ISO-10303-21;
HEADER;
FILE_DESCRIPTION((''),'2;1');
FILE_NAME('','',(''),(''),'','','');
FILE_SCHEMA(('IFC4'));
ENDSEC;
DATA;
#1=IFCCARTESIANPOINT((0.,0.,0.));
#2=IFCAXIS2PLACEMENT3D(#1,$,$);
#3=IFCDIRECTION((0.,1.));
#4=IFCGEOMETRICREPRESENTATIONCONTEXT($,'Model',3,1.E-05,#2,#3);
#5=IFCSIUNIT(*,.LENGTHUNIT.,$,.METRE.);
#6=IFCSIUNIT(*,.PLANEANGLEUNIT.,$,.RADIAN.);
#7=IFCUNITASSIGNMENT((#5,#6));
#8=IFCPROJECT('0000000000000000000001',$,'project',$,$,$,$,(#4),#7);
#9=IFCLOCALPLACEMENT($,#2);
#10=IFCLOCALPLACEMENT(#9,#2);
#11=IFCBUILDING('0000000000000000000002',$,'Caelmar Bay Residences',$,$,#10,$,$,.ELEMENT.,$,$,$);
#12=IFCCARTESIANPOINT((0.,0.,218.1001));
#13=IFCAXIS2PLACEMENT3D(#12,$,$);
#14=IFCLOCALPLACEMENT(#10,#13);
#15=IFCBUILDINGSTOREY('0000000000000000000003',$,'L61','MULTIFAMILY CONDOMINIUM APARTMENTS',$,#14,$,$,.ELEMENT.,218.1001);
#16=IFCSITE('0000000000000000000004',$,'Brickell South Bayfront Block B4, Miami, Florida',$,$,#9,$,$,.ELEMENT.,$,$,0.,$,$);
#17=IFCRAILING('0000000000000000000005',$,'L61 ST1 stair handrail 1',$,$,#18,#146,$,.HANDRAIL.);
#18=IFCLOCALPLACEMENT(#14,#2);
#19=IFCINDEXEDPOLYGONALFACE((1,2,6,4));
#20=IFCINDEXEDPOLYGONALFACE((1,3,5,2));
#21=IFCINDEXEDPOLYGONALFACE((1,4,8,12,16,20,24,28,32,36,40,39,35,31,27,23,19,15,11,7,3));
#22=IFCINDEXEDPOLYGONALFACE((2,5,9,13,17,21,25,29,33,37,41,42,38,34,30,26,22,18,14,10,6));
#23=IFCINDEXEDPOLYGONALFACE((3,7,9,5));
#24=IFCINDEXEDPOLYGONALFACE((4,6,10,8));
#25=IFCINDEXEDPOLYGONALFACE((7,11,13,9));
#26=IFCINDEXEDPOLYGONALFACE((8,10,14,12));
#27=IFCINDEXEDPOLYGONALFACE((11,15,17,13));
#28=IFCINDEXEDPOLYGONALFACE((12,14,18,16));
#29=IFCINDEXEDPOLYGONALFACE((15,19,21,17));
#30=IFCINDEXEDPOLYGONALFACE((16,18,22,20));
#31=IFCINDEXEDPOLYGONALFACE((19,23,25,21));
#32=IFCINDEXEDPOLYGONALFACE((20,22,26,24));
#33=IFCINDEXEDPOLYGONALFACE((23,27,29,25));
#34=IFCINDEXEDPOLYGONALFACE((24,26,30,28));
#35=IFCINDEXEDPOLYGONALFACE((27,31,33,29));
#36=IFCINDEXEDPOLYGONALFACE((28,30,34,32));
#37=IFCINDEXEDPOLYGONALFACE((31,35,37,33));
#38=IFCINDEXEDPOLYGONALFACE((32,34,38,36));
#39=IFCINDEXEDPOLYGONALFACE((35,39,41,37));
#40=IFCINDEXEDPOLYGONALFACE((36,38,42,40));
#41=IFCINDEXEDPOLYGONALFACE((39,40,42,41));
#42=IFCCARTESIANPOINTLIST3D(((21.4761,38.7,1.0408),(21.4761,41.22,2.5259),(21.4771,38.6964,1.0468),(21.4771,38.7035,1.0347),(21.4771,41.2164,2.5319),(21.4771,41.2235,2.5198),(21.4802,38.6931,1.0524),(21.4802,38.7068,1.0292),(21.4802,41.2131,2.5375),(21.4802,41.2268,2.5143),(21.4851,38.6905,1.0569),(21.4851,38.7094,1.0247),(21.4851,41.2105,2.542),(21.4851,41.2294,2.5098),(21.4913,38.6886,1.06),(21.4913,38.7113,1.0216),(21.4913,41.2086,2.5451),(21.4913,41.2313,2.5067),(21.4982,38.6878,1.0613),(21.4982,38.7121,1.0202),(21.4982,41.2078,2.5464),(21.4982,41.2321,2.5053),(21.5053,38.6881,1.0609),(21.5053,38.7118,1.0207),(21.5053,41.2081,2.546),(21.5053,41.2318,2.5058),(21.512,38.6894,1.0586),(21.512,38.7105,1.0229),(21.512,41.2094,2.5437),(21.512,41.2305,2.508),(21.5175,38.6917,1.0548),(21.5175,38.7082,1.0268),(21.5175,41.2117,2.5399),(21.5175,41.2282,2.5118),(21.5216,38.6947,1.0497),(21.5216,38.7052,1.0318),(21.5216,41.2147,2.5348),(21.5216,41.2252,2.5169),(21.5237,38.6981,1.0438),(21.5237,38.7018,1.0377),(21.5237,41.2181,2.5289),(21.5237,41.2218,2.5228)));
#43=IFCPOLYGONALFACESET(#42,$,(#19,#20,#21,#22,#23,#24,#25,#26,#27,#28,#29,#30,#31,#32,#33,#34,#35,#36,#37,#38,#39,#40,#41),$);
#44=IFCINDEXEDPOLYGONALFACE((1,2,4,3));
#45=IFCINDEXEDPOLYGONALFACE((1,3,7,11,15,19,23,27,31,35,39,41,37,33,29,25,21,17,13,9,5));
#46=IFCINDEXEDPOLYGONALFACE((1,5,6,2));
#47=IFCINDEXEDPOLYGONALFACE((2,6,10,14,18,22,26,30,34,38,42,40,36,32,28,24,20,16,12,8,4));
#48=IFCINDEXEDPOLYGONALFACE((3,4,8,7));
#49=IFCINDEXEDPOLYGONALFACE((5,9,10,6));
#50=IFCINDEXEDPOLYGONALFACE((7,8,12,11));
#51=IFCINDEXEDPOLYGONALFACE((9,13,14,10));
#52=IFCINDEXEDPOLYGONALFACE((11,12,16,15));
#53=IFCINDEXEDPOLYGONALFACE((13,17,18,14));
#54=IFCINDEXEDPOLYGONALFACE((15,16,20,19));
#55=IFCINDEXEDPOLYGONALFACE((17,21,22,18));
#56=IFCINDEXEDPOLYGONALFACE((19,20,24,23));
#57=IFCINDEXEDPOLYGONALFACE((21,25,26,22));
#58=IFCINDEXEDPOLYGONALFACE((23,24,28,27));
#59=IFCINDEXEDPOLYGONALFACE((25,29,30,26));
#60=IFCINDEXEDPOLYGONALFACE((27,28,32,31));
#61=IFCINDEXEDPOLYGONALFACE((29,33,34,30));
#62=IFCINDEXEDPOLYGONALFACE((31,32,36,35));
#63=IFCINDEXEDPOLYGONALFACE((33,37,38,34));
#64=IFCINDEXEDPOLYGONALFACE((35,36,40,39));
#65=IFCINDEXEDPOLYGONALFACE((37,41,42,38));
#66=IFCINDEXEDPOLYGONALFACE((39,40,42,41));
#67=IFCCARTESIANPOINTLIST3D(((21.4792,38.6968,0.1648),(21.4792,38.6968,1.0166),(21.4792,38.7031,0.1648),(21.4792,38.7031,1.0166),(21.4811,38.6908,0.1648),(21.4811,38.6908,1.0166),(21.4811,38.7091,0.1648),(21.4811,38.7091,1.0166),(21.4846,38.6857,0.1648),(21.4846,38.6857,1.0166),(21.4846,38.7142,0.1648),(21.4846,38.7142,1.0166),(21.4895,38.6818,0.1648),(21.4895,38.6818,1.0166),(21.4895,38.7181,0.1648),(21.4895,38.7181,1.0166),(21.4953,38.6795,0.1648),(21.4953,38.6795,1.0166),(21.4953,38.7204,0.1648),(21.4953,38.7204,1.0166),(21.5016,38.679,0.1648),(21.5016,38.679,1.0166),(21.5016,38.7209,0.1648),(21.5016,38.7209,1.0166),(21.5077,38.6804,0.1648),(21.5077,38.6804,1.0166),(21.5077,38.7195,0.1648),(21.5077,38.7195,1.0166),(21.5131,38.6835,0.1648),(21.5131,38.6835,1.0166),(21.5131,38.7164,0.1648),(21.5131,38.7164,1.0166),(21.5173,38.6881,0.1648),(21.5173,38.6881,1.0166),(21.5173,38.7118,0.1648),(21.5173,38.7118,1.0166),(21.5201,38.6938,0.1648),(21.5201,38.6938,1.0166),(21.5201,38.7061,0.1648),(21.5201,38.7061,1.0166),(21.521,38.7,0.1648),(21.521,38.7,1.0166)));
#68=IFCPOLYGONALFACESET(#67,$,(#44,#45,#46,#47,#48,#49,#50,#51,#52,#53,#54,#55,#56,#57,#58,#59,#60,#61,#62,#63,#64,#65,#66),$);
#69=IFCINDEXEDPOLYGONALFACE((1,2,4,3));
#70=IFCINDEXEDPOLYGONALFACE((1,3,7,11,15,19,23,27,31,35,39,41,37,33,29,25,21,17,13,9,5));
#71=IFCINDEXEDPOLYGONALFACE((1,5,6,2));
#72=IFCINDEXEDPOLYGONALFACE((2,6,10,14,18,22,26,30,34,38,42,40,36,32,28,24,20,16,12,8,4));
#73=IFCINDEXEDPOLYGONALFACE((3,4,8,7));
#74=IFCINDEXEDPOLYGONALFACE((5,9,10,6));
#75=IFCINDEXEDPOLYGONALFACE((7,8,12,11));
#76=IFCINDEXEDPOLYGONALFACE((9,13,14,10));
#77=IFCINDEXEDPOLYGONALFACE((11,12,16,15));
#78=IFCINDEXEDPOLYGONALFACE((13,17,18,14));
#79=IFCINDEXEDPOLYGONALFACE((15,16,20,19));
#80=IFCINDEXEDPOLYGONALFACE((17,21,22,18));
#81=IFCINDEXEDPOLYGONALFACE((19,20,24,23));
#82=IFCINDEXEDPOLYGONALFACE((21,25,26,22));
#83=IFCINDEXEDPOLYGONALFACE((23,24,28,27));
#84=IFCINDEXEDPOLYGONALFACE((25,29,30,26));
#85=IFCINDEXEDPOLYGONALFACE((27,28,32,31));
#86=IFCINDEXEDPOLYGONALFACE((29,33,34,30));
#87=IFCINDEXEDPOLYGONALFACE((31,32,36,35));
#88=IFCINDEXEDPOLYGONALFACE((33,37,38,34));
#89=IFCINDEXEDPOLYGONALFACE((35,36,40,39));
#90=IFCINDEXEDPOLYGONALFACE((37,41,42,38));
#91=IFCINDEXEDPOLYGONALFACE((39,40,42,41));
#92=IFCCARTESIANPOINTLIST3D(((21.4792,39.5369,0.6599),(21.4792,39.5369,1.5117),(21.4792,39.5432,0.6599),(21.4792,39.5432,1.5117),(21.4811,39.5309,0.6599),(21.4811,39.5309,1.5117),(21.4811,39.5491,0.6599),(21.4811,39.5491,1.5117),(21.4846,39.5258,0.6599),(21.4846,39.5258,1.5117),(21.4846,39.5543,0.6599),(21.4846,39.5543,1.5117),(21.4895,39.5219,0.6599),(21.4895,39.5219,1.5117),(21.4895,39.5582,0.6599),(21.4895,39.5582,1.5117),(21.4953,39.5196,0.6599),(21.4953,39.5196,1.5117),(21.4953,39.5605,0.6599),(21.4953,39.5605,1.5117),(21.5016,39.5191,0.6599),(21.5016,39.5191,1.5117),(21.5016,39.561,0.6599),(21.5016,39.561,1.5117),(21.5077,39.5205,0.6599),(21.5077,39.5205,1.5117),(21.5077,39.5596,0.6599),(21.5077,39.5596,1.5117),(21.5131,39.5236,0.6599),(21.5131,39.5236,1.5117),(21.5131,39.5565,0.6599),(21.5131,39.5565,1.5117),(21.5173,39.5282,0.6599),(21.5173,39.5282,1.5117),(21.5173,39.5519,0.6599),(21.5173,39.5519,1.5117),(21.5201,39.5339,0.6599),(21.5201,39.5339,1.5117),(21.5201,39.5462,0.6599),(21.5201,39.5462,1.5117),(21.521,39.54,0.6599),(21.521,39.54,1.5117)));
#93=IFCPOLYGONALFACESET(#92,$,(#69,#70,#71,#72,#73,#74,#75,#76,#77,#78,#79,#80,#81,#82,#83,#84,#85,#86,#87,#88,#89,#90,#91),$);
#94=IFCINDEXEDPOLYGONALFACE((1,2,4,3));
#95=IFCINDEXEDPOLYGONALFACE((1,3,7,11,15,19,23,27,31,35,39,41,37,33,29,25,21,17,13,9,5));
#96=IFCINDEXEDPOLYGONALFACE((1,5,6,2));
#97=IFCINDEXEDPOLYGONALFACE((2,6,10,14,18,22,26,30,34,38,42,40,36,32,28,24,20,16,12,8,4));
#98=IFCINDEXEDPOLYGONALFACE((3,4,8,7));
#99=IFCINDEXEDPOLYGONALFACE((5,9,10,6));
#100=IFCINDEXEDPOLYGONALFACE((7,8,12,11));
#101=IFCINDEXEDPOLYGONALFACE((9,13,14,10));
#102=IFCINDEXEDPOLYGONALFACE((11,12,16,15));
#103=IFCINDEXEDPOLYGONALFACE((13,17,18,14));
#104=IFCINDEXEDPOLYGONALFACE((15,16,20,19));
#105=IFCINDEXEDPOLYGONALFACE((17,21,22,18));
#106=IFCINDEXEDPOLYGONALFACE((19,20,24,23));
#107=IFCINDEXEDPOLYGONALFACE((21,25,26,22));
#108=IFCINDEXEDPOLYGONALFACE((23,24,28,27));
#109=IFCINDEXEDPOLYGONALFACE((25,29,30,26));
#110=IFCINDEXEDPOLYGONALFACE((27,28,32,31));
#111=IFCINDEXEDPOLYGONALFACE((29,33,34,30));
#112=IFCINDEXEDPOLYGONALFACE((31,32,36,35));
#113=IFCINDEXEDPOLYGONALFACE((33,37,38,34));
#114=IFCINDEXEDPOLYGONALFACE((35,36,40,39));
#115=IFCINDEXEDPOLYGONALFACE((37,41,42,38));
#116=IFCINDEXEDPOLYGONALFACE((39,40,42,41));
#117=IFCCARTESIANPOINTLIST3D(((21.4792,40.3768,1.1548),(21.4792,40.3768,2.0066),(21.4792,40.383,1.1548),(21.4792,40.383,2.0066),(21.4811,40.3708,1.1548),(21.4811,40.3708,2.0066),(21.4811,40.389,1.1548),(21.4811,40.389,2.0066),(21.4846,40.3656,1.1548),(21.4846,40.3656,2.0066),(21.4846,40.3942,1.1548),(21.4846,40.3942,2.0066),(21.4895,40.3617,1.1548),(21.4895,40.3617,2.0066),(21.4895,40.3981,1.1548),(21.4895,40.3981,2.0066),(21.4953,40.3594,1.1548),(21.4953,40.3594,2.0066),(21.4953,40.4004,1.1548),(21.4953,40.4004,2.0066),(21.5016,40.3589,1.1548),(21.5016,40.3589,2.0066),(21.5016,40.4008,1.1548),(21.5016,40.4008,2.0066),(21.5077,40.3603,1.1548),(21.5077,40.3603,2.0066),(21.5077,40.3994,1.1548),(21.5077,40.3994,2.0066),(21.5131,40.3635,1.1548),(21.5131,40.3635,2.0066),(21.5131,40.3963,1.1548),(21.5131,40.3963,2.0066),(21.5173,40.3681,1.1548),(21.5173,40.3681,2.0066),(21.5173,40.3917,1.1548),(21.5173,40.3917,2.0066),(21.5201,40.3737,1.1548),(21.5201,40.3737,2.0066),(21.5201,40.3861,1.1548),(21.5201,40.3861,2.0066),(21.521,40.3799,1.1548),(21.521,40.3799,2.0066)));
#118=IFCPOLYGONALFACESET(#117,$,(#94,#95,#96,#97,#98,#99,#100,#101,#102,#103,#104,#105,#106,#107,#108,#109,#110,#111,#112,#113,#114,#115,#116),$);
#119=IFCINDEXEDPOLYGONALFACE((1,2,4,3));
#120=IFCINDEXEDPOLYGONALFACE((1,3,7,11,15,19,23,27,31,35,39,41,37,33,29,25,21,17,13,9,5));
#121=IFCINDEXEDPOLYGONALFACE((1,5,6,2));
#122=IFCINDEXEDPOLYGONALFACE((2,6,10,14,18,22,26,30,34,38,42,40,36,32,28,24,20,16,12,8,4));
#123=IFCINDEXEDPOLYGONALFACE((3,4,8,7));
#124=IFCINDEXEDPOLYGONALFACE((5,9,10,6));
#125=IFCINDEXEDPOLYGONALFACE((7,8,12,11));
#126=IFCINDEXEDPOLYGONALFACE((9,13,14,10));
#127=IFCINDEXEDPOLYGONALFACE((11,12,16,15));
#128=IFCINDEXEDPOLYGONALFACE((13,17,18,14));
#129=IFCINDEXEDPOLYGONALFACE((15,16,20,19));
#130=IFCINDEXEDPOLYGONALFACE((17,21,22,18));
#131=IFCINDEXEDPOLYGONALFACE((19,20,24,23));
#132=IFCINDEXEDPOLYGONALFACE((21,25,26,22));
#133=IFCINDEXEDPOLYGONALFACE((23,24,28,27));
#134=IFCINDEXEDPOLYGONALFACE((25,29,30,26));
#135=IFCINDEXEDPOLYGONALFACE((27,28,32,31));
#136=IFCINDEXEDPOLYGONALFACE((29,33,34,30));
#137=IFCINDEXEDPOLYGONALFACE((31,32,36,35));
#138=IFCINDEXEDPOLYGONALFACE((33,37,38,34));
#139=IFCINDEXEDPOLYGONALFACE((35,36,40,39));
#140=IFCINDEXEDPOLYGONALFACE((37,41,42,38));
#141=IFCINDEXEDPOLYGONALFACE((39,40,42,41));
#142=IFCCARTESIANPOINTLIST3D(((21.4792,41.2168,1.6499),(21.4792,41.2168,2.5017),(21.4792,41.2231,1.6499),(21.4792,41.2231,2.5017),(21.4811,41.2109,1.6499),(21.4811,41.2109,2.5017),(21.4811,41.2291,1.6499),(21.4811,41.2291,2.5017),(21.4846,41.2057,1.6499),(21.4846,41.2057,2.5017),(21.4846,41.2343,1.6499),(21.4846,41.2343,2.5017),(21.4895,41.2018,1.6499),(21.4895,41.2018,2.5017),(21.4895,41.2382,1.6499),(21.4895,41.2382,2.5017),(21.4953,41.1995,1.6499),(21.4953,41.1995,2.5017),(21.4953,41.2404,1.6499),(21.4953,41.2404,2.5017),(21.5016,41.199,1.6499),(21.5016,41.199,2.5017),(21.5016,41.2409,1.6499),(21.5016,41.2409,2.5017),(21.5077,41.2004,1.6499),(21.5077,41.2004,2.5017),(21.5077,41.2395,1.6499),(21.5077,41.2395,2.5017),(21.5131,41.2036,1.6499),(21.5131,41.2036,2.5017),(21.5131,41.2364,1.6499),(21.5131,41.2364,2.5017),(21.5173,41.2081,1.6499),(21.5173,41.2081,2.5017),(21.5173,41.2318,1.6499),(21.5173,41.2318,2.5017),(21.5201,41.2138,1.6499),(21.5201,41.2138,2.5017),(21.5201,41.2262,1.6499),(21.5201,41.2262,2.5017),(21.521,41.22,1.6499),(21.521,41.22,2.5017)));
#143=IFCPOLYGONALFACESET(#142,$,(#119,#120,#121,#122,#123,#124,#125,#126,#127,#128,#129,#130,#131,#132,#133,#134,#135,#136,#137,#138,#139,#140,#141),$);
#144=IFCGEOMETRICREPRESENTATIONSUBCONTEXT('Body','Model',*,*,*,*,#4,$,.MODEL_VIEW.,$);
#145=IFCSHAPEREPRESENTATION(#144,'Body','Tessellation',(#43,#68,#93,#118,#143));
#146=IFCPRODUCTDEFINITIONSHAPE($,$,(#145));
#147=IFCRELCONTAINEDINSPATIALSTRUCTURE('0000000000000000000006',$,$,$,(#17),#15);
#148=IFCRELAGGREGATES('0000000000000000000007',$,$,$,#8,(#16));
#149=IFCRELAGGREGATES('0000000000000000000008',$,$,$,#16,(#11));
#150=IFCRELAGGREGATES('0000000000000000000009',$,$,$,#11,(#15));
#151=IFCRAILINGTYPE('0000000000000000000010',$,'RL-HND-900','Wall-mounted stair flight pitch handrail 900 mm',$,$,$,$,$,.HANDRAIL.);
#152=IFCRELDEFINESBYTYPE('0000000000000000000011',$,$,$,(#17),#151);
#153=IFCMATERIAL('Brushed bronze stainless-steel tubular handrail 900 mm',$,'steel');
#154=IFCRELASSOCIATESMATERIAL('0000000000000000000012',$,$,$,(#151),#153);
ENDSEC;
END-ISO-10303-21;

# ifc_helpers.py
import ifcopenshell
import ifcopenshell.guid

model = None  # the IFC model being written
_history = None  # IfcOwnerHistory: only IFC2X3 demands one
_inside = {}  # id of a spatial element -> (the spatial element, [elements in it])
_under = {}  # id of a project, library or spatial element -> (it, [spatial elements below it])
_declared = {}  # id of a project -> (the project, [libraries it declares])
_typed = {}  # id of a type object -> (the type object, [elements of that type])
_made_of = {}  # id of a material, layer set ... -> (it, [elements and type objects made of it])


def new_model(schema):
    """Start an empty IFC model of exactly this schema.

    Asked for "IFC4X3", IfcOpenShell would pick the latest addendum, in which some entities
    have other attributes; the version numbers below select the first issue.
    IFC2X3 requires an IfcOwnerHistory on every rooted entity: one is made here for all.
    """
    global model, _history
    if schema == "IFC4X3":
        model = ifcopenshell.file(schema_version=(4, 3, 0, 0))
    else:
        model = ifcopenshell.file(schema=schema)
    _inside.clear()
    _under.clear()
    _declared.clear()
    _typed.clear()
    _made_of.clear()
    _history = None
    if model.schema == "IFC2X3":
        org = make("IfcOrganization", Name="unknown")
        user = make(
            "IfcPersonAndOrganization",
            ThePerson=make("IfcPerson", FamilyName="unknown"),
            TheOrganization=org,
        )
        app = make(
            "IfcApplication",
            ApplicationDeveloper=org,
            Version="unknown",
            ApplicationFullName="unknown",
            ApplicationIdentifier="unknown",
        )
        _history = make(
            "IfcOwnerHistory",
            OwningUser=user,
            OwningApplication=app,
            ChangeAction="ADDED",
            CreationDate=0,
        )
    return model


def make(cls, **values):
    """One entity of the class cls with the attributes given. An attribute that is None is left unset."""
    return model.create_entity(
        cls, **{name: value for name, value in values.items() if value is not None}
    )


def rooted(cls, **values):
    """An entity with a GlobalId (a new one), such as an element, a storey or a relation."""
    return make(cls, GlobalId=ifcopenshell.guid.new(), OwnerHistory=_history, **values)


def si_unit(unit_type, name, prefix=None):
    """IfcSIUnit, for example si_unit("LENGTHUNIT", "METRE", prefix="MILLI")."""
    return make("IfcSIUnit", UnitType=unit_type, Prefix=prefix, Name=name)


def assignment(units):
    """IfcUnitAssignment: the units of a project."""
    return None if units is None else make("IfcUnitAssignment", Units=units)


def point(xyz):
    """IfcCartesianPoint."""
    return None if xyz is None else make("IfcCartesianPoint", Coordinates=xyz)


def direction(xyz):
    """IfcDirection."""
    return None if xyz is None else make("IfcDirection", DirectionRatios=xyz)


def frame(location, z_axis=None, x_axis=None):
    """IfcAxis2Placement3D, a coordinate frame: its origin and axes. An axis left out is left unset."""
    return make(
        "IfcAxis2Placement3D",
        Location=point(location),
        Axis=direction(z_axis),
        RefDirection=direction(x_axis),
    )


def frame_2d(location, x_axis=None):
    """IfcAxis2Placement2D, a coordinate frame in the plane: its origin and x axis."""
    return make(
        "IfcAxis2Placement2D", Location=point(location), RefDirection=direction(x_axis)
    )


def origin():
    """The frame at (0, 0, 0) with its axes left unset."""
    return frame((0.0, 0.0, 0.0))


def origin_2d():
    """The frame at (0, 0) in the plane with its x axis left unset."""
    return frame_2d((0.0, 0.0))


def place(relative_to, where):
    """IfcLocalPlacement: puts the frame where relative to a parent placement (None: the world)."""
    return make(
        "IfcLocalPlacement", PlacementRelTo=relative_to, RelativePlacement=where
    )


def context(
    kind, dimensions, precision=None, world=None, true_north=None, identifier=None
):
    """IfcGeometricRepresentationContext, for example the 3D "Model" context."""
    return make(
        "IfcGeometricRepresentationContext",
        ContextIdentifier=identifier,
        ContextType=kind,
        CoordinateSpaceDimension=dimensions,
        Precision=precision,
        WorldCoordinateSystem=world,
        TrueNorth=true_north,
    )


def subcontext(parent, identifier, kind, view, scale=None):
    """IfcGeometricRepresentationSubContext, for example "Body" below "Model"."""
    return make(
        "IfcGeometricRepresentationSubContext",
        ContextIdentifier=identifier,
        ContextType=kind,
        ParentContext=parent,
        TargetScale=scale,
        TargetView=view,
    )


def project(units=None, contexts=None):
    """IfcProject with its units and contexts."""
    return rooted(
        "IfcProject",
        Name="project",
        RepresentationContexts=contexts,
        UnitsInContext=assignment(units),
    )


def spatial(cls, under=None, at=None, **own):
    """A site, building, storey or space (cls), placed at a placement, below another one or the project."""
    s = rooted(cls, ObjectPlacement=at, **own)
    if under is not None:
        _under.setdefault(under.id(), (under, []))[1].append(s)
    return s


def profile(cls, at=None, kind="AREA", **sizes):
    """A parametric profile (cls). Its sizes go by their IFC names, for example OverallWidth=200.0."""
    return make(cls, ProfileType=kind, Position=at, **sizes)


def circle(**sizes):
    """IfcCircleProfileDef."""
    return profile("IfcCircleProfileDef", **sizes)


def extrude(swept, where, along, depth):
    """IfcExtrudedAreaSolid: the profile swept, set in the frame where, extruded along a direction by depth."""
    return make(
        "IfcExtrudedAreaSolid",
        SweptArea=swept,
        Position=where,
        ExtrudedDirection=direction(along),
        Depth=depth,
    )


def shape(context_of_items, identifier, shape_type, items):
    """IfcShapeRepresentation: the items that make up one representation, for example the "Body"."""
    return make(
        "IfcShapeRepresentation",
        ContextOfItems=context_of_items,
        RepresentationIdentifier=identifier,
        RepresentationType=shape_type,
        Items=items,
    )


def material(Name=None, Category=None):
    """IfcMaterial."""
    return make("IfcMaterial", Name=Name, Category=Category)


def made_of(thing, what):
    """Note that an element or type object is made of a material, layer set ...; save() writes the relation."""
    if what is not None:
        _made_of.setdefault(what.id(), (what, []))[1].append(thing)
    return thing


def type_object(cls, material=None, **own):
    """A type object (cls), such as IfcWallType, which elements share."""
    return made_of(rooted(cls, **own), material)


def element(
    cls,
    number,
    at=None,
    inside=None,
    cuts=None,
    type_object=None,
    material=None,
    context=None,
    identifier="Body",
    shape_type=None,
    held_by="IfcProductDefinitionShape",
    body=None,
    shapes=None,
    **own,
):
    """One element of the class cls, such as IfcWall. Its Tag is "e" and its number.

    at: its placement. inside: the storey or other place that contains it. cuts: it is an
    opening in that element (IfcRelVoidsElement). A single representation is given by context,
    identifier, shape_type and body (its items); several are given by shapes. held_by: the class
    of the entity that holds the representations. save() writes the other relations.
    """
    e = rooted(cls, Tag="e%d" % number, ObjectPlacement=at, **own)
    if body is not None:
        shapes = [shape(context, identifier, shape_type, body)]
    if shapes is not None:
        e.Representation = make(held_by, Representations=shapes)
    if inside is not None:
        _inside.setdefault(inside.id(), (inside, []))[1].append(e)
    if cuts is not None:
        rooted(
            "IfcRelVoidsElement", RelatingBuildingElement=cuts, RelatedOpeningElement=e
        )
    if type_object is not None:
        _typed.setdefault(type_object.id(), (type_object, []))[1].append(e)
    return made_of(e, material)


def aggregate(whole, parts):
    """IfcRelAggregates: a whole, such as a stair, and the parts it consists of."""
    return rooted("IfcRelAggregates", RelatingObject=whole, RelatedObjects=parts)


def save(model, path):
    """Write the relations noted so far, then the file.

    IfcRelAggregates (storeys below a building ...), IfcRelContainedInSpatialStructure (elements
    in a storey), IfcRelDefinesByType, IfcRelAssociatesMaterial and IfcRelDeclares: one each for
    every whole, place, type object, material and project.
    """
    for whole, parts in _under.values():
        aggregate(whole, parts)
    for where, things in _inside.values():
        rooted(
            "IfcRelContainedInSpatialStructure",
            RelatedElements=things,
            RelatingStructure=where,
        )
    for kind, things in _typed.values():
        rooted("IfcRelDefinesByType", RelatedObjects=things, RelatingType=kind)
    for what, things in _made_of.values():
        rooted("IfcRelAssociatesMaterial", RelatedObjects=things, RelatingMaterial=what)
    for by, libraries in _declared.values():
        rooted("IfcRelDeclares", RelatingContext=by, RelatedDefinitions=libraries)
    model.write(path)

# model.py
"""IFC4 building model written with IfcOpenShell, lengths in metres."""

from ifc_helpers import new_model, si_unit, direction, frame, origin, origin_2d, place, context, subcontext, project, spatial, circle, extrude, material, type_object, element, save


model = new_model("IFC4")

# Units and contexts
model_context = context("Model", 3, precision=1e-05, world=origin(), true_north=direction((0.0, 1.0)))
body_context = subcontext(model_context, "Body", "Model", "MODEL_VIEW")
ifc_project = project(units=[si_unit("LENGTHUNIT", "METRE"), si_unit("PLANEANGLEUNIT", "RADIAN")], contexts=[model_context])

# Site, building, storey
site_placement = place(None, origin())
site = spatial("IfcSite", under=ifc_project, at=site_placement, Name="Brickell South Bayfront Block B4, Miami, Florida", CompositionType="ELEMENT", RefElevation=0.0)
building_placement = place(site_placement, origin())
building = spatial("IfcBuilding", under=site, at=building_placement, Name="Caelmar Bay Residences", CompositionType="ELEMENT")
storey_placement = place(building_placement, frame((0.0, 0.0, 218.1001)))
storey = spatial("IfcBuildingStorey", under=building, at=storey_placement, Name="L61", Description="MULTIFAMILY CONDOMINIUM APARTMENTS", CompositionType="ELEMENT", Elevation=218.1001)

# Railing
ifc_material_1 = material(Name="Brushed bronze stainless-steel tubular handrail 900 mm", Category="steel")
railing_type_1 = type_object("IfcRailingType", Name="RL-HND-900", Description="Wall-mounted stair flight pitch handrail 900 mm", PredefinedType="HANDRAIL", material=ifc_material_1)
railing_1_placement = place(storey_placement, frame((21.5, 38.7, 0.1648)))
element("IfcRailing", 1, at=railing_1_placement, inside=storey, type_object=railing_type_1, Name="L61 ST1 stair handrail 1", PredefinedType="HANDRAIL", context=body_context, shape_type="SweptSolid", body=[
    extrude(circle(Radius=0.0239, at=origin_2d()), frame((0.0, 0.0, 0.876), z_axis=(0.0, 0.861524, 0.507717), x_axis=(-1.0, 0.0, 0.0)), (0.0, 0.0, 1.0), 2.925),
    extrude(circle(Radius=0.021, at=origin_2d()), origin(), (0.0, 0.0, 1.0), 0.8518),
    extrude(circle(Radius=0.021, at=origin_2d()), frame((0.0, 0.8401, 0.4951)), (0.0, 0.0, 1.0), 0.8518),
    extrude(circle(Radius=0.021, at=origin_2d()), frame((0.0, 1.6799, 0.99)), (0.0, 0.0, 1.0), 0.8518),
    extrude(circle(Radius=0.021, at=origin_2d()), frame((0.0, 2.52, 1.4851)), (0.0, 0.0, 1.0), 0.8518),
])

save(model, "model.ifc")
